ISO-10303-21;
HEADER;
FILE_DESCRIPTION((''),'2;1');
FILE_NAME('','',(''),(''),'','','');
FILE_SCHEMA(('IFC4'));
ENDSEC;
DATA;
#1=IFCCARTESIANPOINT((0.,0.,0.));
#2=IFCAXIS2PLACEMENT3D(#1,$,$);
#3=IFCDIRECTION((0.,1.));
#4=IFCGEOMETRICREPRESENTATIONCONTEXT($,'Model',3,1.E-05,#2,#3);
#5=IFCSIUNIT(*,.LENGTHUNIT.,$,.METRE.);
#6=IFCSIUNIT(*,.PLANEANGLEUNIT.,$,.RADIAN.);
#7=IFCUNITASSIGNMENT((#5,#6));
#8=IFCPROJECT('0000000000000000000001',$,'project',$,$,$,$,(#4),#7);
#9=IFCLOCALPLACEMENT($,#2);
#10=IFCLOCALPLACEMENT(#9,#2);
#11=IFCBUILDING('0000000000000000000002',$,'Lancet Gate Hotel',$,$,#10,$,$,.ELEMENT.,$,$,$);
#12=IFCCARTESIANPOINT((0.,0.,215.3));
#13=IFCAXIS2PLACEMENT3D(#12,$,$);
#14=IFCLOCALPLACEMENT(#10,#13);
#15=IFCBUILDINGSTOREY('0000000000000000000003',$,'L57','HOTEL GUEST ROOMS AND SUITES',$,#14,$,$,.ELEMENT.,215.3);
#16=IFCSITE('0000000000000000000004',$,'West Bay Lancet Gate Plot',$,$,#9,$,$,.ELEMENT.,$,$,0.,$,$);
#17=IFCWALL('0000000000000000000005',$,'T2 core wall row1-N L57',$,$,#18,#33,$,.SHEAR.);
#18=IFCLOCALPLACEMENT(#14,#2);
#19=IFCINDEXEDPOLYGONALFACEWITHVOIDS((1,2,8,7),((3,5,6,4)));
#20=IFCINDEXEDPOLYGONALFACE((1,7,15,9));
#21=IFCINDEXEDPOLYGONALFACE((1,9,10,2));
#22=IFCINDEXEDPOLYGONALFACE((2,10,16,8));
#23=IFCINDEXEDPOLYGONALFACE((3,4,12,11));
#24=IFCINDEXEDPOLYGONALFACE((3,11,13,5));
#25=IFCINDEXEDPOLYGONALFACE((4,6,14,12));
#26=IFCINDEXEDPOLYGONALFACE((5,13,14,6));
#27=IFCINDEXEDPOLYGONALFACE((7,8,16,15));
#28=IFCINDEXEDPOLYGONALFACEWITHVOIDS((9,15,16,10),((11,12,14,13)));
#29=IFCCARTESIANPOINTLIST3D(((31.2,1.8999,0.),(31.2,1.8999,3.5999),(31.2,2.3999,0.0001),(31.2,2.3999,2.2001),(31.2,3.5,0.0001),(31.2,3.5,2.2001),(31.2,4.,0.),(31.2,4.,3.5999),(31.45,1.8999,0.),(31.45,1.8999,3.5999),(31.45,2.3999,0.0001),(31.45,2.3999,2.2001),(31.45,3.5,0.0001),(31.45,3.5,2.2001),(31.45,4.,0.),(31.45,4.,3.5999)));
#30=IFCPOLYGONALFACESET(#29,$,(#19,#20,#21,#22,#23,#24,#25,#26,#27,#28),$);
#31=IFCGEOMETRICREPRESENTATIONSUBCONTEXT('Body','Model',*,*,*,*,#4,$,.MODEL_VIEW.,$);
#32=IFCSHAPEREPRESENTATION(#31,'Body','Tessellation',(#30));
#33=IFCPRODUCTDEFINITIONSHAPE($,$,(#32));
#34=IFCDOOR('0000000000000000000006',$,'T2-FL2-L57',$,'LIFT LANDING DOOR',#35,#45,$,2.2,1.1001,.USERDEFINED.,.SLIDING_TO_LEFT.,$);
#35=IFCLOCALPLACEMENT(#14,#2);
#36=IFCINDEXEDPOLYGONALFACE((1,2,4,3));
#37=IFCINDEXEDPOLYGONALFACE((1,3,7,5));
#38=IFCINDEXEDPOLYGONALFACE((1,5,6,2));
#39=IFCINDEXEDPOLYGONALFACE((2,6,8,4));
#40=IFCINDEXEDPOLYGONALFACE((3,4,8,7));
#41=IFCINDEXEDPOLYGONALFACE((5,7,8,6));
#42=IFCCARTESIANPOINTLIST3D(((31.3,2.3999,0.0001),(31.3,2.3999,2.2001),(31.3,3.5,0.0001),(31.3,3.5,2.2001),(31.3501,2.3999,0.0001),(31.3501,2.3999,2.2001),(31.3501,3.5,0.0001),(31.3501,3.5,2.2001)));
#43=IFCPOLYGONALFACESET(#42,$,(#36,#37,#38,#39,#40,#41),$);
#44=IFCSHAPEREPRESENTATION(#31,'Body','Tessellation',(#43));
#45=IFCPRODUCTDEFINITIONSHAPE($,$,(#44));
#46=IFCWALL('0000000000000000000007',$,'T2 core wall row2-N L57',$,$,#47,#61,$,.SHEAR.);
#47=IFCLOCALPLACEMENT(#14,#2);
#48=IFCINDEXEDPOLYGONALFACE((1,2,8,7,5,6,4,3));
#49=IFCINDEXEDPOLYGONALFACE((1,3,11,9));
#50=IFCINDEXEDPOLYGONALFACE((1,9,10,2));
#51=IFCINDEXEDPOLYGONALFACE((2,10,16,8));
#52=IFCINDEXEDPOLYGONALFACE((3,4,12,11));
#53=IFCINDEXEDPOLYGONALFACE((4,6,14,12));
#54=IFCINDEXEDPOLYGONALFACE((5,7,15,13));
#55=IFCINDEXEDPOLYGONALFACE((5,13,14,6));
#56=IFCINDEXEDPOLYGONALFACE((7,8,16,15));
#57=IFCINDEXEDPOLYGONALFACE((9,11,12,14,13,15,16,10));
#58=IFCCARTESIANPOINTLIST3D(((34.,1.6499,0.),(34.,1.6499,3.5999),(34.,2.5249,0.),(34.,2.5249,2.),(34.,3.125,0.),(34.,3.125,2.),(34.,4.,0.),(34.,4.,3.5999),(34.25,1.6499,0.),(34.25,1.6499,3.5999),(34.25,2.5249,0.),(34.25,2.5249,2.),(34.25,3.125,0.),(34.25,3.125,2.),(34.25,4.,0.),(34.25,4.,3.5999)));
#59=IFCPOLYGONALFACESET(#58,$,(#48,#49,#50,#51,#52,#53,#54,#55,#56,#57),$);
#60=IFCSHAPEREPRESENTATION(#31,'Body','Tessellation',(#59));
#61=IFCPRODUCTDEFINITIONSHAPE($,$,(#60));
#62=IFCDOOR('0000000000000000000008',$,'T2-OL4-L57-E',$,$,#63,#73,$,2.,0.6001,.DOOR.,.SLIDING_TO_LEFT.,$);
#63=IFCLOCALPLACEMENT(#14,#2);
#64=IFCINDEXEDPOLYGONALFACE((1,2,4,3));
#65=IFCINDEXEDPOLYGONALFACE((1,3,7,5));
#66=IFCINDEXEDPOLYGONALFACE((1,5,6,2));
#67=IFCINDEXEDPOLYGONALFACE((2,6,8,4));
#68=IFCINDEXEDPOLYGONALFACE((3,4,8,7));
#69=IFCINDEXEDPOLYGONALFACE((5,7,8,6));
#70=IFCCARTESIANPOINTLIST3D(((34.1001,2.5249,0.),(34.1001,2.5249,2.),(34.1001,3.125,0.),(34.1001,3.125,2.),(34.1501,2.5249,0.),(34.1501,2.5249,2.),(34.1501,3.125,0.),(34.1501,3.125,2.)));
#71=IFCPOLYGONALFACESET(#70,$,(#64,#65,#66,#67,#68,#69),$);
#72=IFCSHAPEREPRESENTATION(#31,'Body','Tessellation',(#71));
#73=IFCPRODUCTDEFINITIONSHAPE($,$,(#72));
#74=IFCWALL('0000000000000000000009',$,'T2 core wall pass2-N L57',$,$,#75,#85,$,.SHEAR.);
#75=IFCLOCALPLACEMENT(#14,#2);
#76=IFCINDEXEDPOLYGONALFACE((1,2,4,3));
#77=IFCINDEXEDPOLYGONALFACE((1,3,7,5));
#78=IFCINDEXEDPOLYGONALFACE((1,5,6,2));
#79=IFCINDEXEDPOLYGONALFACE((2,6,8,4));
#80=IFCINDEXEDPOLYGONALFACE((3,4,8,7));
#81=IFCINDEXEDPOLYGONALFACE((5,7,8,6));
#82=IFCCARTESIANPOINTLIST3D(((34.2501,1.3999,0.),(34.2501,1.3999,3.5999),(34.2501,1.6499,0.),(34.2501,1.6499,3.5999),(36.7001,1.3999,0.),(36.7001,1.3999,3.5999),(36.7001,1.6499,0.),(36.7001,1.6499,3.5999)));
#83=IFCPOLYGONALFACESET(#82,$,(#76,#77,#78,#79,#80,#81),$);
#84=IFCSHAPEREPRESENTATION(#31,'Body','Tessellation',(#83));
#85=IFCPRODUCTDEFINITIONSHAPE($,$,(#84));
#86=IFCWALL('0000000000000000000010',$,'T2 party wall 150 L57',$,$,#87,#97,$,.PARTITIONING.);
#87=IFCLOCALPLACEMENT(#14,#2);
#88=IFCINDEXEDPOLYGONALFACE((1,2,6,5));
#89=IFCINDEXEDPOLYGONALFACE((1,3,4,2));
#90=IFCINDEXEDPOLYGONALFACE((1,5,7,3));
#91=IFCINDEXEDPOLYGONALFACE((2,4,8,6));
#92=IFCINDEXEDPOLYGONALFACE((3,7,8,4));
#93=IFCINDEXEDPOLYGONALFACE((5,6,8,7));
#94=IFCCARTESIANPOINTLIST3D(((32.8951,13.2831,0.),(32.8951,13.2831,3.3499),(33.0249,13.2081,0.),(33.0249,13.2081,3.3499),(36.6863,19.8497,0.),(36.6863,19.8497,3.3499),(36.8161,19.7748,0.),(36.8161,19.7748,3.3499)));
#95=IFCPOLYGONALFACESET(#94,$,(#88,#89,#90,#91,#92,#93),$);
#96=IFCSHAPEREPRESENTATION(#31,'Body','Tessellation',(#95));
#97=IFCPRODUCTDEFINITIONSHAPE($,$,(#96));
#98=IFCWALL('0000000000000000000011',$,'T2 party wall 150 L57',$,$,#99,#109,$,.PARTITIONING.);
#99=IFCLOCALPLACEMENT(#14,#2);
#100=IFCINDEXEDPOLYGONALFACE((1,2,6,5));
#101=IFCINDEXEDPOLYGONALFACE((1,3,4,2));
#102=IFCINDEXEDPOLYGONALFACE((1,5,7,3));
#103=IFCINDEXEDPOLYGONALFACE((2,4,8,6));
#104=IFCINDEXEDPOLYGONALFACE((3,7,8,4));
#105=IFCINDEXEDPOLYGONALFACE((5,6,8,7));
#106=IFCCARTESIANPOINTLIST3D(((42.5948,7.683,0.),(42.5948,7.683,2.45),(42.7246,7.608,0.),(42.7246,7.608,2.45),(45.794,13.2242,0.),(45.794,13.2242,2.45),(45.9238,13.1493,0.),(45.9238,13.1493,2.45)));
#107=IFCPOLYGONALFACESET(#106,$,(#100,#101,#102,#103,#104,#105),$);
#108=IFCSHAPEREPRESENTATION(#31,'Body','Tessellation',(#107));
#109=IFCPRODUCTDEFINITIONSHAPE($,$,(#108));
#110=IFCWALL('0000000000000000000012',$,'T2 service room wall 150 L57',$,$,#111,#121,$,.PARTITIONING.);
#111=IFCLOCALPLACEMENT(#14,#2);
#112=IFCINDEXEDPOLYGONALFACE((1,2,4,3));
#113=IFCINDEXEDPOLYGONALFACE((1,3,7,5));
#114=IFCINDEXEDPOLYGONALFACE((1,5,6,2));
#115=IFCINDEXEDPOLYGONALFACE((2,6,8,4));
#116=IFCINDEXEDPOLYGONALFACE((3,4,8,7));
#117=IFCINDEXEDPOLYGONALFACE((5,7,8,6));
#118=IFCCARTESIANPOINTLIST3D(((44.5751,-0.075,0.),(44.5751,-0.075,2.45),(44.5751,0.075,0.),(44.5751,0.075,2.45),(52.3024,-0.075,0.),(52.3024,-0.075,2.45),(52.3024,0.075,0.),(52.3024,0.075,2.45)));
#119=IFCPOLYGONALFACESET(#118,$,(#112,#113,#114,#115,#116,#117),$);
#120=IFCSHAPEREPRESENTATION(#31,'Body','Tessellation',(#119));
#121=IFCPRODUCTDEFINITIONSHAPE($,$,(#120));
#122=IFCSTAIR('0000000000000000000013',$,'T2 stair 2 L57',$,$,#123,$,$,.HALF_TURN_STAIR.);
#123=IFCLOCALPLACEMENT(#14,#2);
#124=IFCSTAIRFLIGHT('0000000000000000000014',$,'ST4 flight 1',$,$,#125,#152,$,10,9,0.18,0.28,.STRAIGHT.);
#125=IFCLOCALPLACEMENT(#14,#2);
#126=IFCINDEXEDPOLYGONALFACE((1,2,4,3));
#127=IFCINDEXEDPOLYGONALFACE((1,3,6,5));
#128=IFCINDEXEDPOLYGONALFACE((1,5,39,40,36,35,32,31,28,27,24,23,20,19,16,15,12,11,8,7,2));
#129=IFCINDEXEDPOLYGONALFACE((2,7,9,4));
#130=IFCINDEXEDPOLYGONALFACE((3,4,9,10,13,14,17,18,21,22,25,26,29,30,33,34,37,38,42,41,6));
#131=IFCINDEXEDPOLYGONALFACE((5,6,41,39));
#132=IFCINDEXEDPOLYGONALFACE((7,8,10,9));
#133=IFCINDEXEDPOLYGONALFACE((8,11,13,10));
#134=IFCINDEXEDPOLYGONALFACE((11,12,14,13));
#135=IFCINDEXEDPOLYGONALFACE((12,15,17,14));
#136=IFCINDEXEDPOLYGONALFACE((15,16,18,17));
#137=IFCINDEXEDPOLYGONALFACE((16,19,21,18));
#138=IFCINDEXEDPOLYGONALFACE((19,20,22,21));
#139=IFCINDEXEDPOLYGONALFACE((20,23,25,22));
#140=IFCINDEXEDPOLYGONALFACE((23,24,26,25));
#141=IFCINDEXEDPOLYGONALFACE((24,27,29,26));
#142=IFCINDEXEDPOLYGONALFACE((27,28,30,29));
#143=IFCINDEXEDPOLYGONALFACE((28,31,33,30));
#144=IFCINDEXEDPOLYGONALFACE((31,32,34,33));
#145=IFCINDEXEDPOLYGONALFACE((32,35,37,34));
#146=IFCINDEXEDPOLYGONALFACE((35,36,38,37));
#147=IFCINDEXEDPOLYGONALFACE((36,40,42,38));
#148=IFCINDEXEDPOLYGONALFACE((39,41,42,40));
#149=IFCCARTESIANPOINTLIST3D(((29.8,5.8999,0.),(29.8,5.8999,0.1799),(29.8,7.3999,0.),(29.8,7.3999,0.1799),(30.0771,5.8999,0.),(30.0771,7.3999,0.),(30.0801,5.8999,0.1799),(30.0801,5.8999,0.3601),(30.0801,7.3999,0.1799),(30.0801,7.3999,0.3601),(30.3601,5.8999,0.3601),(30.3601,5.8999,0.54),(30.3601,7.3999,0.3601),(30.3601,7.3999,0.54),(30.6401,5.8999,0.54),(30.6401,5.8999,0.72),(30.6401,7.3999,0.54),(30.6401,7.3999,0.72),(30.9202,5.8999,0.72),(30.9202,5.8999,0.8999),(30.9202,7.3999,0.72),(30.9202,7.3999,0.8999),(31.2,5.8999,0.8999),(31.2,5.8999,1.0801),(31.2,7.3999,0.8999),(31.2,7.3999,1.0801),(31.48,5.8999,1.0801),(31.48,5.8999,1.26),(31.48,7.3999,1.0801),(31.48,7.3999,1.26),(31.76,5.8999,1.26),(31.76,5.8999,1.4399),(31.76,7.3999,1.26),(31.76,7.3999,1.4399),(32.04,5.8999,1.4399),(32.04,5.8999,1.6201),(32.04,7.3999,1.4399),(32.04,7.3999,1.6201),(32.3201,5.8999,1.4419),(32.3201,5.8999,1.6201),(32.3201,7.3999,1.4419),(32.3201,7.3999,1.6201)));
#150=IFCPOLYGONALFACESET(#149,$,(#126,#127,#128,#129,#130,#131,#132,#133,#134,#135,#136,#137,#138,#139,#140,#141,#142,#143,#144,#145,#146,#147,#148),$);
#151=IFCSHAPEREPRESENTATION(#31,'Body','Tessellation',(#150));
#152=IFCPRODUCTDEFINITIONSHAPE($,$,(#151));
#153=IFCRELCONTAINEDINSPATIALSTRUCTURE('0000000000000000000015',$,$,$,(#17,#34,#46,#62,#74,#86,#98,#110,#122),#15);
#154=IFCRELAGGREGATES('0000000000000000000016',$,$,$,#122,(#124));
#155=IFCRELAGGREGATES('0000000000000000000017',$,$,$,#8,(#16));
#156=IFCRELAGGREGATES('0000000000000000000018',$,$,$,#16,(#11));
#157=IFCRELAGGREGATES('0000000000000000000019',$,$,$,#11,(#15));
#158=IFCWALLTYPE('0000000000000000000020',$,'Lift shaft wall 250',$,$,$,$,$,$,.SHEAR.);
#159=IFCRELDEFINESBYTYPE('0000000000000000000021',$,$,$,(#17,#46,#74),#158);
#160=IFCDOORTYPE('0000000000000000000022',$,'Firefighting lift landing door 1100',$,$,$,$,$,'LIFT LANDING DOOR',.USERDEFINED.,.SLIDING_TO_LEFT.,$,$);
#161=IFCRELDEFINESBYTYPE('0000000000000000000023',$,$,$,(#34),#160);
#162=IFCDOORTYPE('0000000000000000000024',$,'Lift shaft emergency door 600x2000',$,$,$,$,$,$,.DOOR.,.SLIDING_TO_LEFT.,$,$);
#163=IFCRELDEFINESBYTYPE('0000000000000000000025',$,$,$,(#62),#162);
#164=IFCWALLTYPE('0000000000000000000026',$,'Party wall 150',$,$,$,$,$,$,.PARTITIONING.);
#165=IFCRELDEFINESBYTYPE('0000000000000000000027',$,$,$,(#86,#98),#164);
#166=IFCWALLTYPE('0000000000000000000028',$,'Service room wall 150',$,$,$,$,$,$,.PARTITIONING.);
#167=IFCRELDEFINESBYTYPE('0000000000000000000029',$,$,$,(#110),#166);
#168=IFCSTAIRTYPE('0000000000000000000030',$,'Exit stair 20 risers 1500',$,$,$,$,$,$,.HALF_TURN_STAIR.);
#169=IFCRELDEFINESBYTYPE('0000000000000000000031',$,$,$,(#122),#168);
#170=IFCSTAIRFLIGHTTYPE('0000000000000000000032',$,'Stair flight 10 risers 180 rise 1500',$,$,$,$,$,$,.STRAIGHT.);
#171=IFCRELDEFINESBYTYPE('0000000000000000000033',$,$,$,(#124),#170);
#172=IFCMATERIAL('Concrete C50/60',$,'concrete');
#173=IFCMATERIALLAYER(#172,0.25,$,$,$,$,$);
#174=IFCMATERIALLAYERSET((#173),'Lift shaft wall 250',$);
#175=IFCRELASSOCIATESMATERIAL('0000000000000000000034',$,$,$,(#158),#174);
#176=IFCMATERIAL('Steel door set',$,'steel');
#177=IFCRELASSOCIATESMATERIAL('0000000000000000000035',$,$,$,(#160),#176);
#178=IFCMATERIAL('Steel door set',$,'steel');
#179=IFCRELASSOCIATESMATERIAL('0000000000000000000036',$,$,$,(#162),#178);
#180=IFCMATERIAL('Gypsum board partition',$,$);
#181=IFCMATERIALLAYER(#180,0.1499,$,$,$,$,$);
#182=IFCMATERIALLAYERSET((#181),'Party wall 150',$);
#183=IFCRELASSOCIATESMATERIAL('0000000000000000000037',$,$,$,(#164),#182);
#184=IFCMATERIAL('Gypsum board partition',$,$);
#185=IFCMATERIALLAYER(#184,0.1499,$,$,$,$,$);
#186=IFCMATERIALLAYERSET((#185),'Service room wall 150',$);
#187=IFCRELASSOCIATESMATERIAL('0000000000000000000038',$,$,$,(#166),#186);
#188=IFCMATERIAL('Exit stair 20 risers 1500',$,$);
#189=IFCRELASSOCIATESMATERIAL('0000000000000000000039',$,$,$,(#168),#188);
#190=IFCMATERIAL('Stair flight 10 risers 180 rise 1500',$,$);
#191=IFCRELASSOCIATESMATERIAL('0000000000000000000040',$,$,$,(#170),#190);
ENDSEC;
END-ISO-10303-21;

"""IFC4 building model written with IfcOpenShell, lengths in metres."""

from ifc_helpers import new_model, si_unit, direction, frame, frame_2d, origin, place, context, subcontext, project, spatial, polyline, rectangle, outline, extrude, material, layer, layer_set, type_object, element, fill, aggregate, save


model = new_model("IFC4")

# Units and contexts
model_context = context("Model", 3, precision=1e-05, world=origin(), true_north=direction((0.0, 1.0)))
body_context = subcontext(model_context, "Body", "Model", "MODEL_VIEW")
ifc_project = project(units=[si_unit("LENGTHUNIT", "METRE"), si_unit("PLANEANGLEUNIT", "RADIAN")], contexts=[model_context])

# Site, building, storey
site_placement = place(None, origin())
site = spatial("IfcSite", under=ifc_project, at=site_placement, Name="West Bay Lancet Gate Plot", CompositionType="ELEMENT", RefElevation=0.0)
building_placement = place(site_placement, origin())
building = spatial("IfcBuilding", under=site, at=building_placement, Name="Lancet Gate Hotel", CompositionType="ELEMENT")
storey_placement = place(building_placement, frame((0.0, 0.0, 215.3)))
storey = spatial("IfcBuildingStorey", under=building, at=storey_placement, Name="L57", Description="HOTEL GUEST ROOMS AND SUITES", CompositionType="ELEMENT", Elevation=215.3)

# Shared definitions
ifc_material_1 = material(Name="Concrete C50/60", Category="concrete")
ifc_layer_1 = layer(ifc_material_1, 0.25)
ifc_layer_set_1 = layer_set([ifc_layer_1], Name="Lift shaft wall 250")
wall_type_1 = type_object("IfcWallType", Name="Lift shaft wall 250", PredefinedType="SHEAR", material=ifc_layer_set_1)

# Walls, openings, doors
wall_1_placement = place(storey_placement, frame((31.325, 1.8999, 0.0), z_axis=(0.0, 0.0, 1.0), x_axis=(0.0, 1.0, 0.0)))
wall_1 = element("IfcWall", 1, at=wall_1_placement, inside=storey, type_object=wall_type_1, Name="T2 core wall row1-N L57", PredefinedType="SHEAR", context=body_context, shape_type="SweptSolid", body=[
    extrude(rectangle(XDim=2.1001, YDim=0.25, at=frame_2d((1.05, 0.0))), origin(), (0.0, 0.0, 1.0), 3.5999),
])
opening_1_placement = place(wall_1_placement, frame((0.5, 0.0, 0.0)))
opening_1 = element("IfcOpeningElement", 2, at=opening_1_placement, cuts=wall_1, PredefinedType="OPENING", context=body_context, shape_type="SweptSolid", body=[
    extrude(rectangle(XDim=1.1001, YDim=2.2, at=frame_2d((0.55, 1.1001))), frame((0.0, 0.135, 0.0), z_axis=(0.0, -1.0, 0.0), x_axis=(1.0, 0.0, 0.0)), (0.0, 0.0, 1.0), 0.27),
])
ifc_material_2 = material(Name="Steel door set", Category="steel")
door_type_1 = type_object("IfcDoorType", Name="Firefighting lift landing door 1100", ElementType="LIFT LANDING DOOR", OperationType="SLIDING_TO_LEFT", PredefinedType="USERDEFINED", material=ifc_material_2)
door_1_placement = place(opening_1_placement, origin())
door_1 = element("IfcDoor", 3, at=door_1_placement, inside=storey, type_object=door_type_1, Name="T2-FL2-L57", ObjectType="LIFT LANDING DOOR", OperationType="SLIDING_TO_LEFT", OverallHeight=2.2, OverallWidth=1.1001, PredefinedType="USERDEFINED", context=body_context, shape_type="SweptSolid", body=[
    extrude(rectangle(XDim=1.1001, YDim=2.2, at=frame_2d((0.55, 1.1001))), frame((0.0, 0.0249, 0.0), z_axis=(0.0, -1.0, 0.0), x_axis=(1.0, 0.0, 0.0)), (0.0, 0.0, 1.0), 0.05),
])
fill(opening_1, door_1)
wall_2_placement = place(storey_placement, frame((34.125, 1.6499, 0.0), z_axis=(0.0, 0.0, 1.0), x_axis=(0.0, 1.0, 0.0)))
wall_2 = element("IfcWall", 4, at=wall_2_placement, inside=storey, type_object=wall_type_1, Name="T2 core wall row2-N L57", PredefinedType="SHEAR", context=body_context, shape_type="SweptSolid", body=[
    extrude(rectangle(XDim=2.3501, YDim=0.25, at=frame_2d((1.175, 0.0))), origin(), (0.0, 0.0, 1.0), 3.5999),
])
opening_2_placement = place(wall_2_placement, frame((0.875, 0.0, 0.0)))
opening_2 = element("IfcOpeningElement", 5, at=opening_2_placement, cuts=wall_2, PredefinedType="OPENING", context=body_context, shape_type="SweptSolid", body=[
    extrude(rectangle(XDim=0.6001, YDim=2.0, at=frame_2d((0.3, 1.0))), frame((0.0, 0.135, 0.0), z_axis=(0.0, -1.0, 0.0), x_axis=(1.0, 0.0, 0.0)), (0.0, 0.0, 1.0), 0.27),
])
ifc_material_3 = material(Name="Steel door set", Category="steel")
door_type_2 = type_object("IfcDoorType", Name="Lift shaft emergency door 600x2000", OperationType="SLIDING_TO_LEFT", PredefinedType="DOOR", material=ifc_material_3)
door_2_placement = place(opening_2_placement, origin())
door_2 = element("IfcDoor", 6, at=door_2_placement, inside=storey, type_object=door_type_2, Name="T2-OL4-L57-E", OperationType="SLIDING_TO_LEFT", OverallHeight=2.0, OverallWidth=0.6001, PredefinedType="DOOR", context=body_context, shape_type="SweptSolid", body=[
    extrude(rectangle(XDim=0.6001, YDim=2.0, at=frame_2d((0.3, 1.0))), frame((0.0, 0.0249, 0.0), z_axis=(0.0, -1.0, 0.0), x_axis=(1.0, 0.0, 0.0)), (0.0, 0.0, 1.0), 0.05),
])
fill(opening_2, door_2)

# Walls
wall_3_placement = place(storey_placement, frame((34.25, 1.5249, 0.0), z_axis=(0.0, 0.0, 1.0), x_axis=(1.0, 0.0, 0.0)))
element("IfcWall", 7, at=wall_3_placement, inside=storey, type_object=wall_type_1, Name="T2 core wall pass2-N L57", PredefinedType="SHEAR", context=body_context, shape_type="SweptSolid", body=[
    extrude(rectangle(XDim=2.45, YDim=0.25, at=frame_2d((1.2251, 0.0))), origin(), (0.0, 0.0, 1.0), 3.5999),
])
ifc_material_4 = material(Name="Gypsum board partition")
ifc_layer_2 = layer(ifc_material_4, 0.1499)
ifc_layer_set_2 = layer_set([ifc_layer_2], Name="Party wall 150")
wall_type_2 = type_object("IfcWallType", Name="Party wall 150", PredefinedType="PARTITIONING", material=ifc_layer_set_2)
wall_4_placement = place(storey_placement, frame((32.96, 13.2456, 0.0), z_axis=(0.0, 0.0, 1.0), x_axis=(0.5, 0.866025, 0.0)))
element("IfcWall", 8, at=wall_4_placement, inside=storey, type_object=wall_type_2, Name="T2 party wall 150 L57", PredefinedType="PARTITIONING", context=body_context, shape_type="SweptSolid", body=[
    extrude(rectangle(XDim=7.5825, YDim=0.1499, at=frame_2d((3.7913, 0.0))), origin(), (0.0, 0.0, 1.0), 3.3499),
])
wall_5_placement = place(storey_placement, frame((42.6597, 7.6455, 0.0), z_axis=(0.0, 0.0, 1.0), x_axis=(0.499997, 0.866027, 0.0)))
element("IfcWall", 9, at=wall_5_placement, inside=storey, type_object=wall_type_2, Name="T2 party wall 150 L57", PredefinedType="PARTITIONING", context=body_context, shape_type="SweptSolid", body=[
    extrude(rectangle(XDim=6.3984, YDim=0.1499, at=frame_2d((3.1992, 0.0))), origin(), (0.0, 0.0, 1.0), 2.45),
])
ifc_material_5 = material(Name="Gypsum board partition")
ifc_layer_3 = layer(ifc_material_5, 0.1499)
ifc_layer_set_3 = layer_set([ifc_layer_3], Name="Service room wall 150")
wall_type_3 = type_object("IfcWallType", Name="Service room wall 150", PredefinedType="PARTITIONING", material=ifc_layer_set_3)
wall_6_placement = place(storey_placement, frame((44.575, 0.0, 0.0), z_axis=(0.0, 0.0, 1.0), x_axis=(1.0, 0.0, 0.0)))
element("IfcWall", 10, at=wall_6_placement, inside=storey, type_object=wall_type_3, Name="T2 service room wall 150 L57", PredefinedType="PARTITIONING", context=body_context, shape_type="SweptSolid", body=[
    extrude(rectangle(XDim=7.7273, YDim=0.1499, at=frame_2d((3.8638, 0.0))), origin(), (0.0, 0.0, 1.0), 2.45),
])

# Stair, stair flight
ifc_material_6 = material(Name="Exit stair 20 risers 1500")
stair_type = type_object("IfcStairType", Name="Exit stair 20 risers 1500", PredefinedType="HALF_TURN_STAIR", material=ifc_material_6)
stair_placement = place(storey_placement, origin())
stair = element("IfcStair", 11, at=stair_placement, inside=storey, type_object=stair_type, Name="T2 stair 2 L57", PredefinedType="HALF_TURN_STAIR")
ifc_material_7 = material(Name="Stair flight 10 risers 180 rise 1500")
stair_flight_type = type_object("IfcStairFlightType", Name="Stair flight 10 risers 180 rise 1500", PredefinedType="STRAIGHT", material=ifc_material_7)
stair_flight_1_placement = place(storey_placement, frame((29.8, 6.6499, 0.0), z_axis=(0.0, 0.0, 1.0), x_axis=(1.0, 0.0, 0.0)))
stair_flight_1 = element("IfcStairFlight", 12, at=stair_flight_1_placement, type_object=stair_flight_type, Name="ST4 flight 1", NumberOfRisers=10, NumberOfTreads=9, PredefinedType="STRAIGHT", RiserHeight=0.18, TreadLength=0.28, context=body_context, shape_type="SweptSolid", body=[
    extrude(outline(polyline([(0.0, 0.0), (0.0, 0.1799), (0.28, 0.1799), (0.28, 0.3601), (0.5601, 0.3601), (0.5601, 0.54), (0.8401, 0.54), (0.8401, 0.72), (1.1201, 0.72), (1.1201, 0.8999), (1.3999, 0.8999), (1.3999, 1.0801), (1.6799, 1.0801), (1.6799, 1.26), (1.96, 1.26), (1.96, 1.4399), (2.24, 1.4399), (2.24, 1.6201), (2.52, 1.6201), (2.52, 1.8), (2.52, 1.4419), (0.2771, 0.0), (0.0, 0.0)])), frame((0.0, 0.75, 0.0), z_axis=(0.0, -1.0, 0.0), x_axis=(1.0, 0.0, 0.0)), (0.0, 0.0, 1.0), 1.5),
])
aggregate(stair, [stair_flight_1])

save(model, "model.ifc")
